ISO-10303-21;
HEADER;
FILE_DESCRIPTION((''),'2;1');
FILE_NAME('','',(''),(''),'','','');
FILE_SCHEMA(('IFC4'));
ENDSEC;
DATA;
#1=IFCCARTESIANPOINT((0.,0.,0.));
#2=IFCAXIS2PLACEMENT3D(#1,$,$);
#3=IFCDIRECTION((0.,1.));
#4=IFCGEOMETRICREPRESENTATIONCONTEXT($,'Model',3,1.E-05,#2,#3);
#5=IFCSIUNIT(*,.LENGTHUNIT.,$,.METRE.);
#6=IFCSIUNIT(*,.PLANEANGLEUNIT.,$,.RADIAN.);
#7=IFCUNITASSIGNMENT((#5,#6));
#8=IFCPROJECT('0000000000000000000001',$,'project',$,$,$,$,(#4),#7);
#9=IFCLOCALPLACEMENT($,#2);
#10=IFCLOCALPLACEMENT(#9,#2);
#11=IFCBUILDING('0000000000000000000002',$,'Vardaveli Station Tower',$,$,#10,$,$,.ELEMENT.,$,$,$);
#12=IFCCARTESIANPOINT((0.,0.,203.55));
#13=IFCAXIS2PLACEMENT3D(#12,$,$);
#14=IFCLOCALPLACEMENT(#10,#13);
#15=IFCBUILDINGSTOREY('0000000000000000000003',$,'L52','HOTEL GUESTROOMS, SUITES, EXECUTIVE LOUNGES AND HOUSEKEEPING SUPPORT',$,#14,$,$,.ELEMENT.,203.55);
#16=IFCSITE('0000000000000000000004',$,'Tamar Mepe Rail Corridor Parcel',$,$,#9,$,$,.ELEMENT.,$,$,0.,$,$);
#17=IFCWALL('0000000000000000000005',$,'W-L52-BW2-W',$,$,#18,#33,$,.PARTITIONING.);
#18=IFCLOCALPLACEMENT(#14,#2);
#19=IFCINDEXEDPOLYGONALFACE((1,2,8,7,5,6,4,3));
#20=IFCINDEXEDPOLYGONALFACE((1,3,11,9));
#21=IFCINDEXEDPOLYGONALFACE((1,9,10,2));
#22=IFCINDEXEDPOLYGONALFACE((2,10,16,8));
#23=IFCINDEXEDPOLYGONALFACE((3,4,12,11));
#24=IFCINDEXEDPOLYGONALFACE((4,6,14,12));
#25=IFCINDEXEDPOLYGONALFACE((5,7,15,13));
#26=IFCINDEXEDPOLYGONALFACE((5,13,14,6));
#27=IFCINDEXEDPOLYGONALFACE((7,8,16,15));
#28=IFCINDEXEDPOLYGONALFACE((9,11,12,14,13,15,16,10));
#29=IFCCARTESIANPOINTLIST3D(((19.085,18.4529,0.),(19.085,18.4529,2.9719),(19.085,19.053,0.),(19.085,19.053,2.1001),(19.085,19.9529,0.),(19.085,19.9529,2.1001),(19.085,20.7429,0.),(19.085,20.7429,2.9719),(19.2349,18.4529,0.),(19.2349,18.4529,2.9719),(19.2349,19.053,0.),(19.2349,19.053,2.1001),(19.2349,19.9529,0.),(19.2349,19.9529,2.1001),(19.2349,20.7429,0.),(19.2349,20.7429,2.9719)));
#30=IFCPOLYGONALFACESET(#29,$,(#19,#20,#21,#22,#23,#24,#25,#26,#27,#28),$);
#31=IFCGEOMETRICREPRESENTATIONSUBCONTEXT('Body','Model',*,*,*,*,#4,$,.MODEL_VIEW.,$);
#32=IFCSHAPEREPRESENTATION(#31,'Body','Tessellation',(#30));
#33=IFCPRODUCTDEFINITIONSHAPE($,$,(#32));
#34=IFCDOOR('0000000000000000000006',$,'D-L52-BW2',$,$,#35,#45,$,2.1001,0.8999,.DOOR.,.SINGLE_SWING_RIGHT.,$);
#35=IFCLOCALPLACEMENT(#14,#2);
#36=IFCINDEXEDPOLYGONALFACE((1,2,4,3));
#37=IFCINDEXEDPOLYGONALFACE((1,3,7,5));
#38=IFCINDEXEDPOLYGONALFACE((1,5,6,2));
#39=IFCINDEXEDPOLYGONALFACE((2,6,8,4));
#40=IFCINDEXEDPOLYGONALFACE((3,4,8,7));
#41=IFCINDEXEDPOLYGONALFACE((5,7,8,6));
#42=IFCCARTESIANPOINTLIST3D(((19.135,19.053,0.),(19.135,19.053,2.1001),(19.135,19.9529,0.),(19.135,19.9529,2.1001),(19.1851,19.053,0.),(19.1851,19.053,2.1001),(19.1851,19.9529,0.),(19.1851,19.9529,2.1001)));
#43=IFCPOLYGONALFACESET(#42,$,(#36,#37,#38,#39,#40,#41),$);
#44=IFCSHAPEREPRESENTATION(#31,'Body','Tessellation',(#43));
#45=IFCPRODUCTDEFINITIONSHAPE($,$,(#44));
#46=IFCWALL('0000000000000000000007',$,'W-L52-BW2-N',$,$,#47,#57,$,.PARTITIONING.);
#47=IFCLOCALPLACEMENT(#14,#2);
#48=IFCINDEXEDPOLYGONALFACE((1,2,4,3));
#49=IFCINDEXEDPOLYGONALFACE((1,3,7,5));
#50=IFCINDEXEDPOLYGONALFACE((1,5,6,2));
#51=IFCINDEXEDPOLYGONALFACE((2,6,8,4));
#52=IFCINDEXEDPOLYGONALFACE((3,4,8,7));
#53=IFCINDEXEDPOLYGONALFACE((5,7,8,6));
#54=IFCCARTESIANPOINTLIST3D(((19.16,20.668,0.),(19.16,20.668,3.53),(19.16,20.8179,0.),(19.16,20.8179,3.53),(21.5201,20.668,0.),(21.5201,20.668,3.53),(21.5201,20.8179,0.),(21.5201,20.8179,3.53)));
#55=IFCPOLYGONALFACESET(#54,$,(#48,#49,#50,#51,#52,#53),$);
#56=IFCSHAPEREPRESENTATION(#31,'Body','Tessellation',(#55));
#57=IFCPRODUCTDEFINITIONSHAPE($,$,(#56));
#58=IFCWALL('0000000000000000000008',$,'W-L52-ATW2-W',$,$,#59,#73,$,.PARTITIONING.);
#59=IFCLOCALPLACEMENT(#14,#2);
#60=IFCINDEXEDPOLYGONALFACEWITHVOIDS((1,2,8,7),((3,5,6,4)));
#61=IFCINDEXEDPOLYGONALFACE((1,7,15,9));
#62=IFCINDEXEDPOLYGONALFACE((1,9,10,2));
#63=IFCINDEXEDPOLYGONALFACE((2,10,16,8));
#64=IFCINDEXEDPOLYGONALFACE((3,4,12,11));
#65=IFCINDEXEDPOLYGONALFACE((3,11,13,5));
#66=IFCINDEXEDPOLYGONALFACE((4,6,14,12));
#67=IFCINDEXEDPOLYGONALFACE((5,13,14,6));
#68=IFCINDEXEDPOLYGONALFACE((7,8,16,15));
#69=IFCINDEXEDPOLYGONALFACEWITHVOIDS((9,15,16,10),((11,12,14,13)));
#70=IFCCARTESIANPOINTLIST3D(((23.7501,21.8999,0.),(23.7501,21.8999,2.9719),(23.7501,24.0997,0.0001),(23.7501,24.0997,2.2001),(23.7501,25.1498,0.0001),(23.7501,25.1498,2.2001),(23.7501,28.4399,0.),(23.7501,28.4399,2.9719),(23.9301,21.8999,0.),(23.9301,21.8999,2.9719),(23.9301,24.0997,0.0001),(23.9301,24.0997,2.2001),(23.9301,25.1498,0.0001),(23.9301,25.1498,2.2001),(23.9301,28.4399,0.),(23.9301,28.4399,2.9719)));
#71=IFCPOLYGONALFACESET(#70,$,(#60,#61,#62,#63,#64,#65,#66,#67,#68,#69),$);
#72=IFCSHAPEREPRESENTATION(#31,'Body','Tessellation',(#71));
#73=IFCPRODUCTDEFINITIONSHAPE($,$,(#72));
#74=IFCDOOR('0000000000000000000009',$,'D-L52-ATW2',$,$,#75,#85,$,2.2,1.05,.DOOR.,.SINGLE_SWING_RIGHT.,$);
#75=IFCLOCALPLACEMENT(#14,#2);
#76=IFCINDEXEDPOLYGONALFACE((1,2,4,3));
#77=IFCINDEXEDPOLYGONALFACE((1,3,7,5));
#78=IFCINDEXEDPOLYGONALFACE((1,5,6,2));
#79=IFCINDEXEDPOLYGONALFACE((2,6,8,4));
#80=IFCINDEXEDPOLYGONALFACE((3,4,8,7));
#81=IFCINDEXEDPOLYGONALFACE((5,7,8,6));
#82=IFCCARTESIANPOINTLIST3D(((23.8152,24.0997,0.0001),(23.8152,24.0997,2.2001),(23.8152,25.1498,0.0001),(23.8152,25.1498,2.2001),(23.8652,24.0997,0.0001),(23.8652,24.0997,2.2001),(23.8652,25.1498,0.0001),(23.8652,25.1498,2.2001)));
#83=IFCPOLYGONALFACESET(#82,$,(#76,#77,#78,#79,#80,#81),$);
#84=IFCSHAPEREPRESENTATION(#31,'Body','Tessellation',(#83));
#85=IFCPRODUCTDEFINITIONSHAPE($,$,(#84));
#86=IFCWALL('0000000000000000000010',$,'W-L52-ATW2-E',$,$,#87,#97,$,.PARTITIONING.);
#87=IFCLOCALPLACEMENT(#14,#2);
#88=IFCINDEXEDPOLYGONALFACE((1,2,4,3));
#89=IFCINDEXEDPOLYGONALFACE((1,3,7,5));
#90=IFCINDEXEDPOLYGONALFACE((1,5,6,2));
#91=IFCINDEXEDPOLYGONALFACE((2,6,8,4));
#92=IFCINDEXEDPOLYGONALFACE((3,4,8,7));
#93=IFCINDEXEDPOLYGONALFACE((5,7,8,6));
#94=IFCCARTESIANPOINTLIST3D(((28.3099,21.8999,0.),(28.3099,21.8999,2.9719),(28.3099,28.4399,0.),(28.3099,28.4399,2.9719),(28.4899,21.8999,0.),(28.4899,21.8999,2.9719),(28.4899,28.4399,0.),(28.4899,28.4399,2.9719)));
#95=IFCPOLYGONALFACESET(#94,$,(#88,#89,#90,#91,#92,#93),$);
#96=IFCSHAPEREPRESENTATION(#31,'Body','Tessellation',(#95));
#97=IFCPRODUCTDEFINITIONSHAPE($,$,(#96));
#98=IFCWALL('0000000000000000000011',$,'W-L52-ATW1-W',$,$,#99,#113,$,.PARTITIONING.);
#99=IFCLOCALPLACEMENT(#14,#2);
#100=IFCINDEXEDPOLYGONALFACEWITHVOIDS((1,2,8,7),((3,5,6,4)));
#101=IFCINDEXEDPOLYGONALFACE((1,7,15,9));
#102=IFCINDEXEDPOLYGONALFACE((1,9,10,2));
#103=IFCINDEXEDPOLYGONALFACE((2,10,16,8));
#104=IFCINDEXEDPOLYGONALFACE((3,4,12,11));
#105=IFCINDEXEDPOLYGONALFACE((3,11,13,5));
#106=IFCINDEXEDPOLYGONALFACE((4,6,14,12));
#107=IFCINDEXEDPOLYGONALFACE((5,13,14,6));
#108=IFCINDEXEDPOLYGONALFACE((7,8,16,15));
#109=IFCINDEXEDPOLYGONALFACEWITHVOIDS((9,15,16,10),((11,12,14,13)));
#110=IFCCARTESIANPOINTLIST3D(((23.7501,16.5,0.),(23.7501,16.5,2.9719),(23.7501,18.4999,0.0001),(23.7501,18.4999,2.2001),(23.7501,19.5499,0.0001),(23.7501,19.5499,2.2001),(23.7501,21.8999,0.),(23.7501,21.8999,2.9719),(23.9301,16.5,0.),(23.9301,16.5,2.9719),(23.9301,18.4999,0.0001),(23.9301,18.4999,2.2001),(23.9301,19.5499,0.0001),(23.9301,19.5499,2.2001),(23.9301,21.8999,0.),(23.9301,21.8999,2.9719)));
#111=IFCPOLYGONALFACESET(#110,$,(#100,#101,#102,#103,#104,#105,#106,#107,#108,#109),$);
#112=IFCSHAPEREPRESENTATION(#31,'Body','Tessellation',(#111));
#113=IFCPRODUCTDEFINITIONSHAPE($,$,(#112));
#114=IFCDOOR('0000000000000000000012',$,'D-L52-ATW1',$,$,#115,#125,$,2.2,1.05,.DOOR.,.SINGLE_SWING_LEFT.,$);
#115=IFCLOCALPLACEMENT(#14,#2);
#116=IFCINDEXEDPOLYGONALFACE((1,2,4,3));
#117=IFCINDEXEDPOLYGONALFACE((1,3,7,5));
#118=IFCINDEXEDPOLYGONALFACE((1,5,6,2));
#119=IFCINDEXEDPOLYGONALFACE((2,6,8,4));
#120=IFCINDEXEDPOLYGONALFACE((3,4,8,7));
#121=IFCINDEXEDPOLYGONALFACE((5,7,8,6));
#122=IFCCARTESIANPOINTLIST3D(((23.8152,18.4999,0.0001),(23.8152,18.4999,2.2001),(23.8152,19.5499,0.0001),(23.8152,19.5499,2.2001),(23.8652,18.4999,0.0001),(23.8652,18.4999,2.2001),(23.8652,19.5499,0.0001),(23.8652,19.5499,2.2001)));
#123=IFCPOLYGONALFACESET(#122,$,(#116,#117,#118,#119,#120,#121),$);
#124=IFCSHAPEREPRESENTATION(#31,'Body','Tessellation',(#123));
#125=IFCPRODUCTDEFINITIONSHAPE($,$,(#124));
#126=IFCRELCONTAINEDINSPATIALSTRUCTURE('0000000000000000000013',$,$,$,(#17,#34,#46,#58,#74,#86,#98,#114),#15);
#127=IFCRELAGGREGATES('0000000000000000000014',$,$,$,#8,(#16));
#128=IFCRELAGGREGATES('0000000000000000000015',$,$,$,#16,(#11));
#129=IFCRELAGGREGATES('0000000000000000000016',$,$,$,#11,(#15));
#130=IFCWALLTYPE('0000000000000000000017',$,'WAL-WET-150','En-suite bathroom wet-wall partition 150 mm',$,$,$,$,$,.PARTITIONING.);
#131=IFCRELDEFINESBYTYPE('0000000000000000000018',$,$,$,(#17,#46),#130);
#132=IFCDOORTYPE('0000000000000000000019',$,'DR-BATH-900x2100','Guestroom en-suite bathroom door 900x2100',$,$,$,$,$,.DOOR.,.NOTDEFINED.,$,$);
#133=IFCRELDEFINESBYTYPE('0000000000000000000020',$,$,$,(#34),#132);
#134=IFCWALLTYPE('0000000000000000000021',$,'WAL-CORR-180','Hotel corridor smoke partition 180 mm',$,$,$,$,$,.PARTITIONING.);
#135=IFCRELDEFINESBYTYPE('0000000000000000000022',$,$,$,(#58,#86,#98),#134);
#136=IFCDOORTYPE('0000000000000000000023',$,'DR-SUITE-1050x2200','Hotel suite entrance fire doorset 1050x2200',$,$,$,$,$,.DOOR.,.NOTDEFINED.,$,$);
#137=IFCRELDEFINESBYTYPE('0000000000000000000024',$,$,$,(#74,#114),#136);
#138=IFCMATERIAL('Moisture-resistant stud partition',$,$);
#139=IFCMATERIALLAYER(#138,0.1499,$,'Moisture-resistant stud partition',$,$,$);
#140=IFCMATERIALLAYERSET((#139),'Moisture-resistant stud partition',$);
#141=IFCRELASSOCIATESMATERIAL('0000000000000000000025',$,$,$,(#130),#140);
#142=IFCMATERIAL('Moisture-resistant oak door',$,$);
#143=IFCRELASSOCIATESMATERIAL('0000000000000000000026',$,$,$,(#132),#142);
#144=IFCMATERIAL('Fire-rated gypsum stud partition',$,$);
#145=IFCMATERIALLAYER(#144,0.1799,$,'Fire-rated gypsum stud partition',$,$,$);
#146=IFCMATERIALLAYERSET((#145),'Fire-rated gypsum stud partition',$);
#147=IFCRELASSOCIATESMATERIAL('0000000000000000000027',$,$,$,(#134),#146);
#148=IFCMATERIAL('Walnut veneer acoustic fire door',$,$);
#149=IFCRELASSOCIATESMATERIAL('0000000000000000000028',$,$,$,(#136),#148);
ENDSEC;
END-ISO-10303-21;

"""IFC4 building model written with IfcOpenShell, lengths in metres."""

from ifc_helpers import new_model, si_unit, direction, frame, frame_2d, origin, place, context, subcontext, project, spatial, rectangle, extrude, source, transform, mapped, material, layer, layer_set, type_object, element, fill, save


model = new_model("IFC4")

# Units and contexts
model_context = context("Model", 3, precision=1e-05, world=origin(), true_north=direction((0.0, 1.0)))
body_context = subcontext(model_context, "Body", "Model", "MODEL_VIEW")
ifc_project = project(units=[si_unit("LENGTHUNIT", "METRE"), si_unit("PLANEANGLEUNIT", "RADIAN")], contexts=[model_context])

# Site, building, storey
site_placement = place(None, origin())
site = spatial("IfcSite", under=ifc_project, at=site_placement, Name="Tamar Mepe Rail Corridor Parcel", CompositionType="ELEMENT", RefElevation=0.0)
building_placement = place(site_placement, origin())
building = spatial("IfcBuilding", under=site, at=building_placement, Name="Vardaveli Station Tower", CompositionType="ELEMENT")
storey_placement = place(building_placement, frame((0.0, 0.0, 203.55)))
storey = spatial("IfcBuildingStorey", under=building, at=storey_placement, Name="L52", Description="HOTEL GUESTROOMS, SUITES, EXECUTIVE LOUNGES AND HOUSEKEEPING SUPPORT", CompositionType="ELEMENT", Elevation=203.55)

# Wall, opening, door
ifc_material_1 = material(Name="Moisture-resistant stud partition")
ifc_layer_1 = layer(ifc_material_1, 0.1499, Name="Moisture-resistant stud partition")
ifc_layer_set_1 = layer_set([ifc_layer_1], Name="Moisture-resistant stud partition")
wall_type_1 = type_object("IfcWallType", Name="WAL-WET-150", Description="En-suite bathroom wet-wall partition 150 mm", PredefinedType="PARTITIONING", material=ifc_layer_set_1)
shared_shape_1 = source(origin(), body_context, "Body", "SweptSolid", [
    extrude(rectangle(XDim=2.29, YDim=0.1499, at=frame_2d((1.145, 0.0))), origin(), (0.0, 0.0, 1.0), 2.9719),
])
wall_1_placement = place(storey_placement, frame((19.1599, 18.4529, 0.0), z_axis=(0.0, 0.0, 1.0), x_axis=(0.0, 1.0, 0.0)))
wall_1 = element("IfcWall", 1, at=wall_1_placement, inside=storey, type_object=wall_type_1, Name="W-L52-BW2-W", PredefinedType="PARTITIONING", context=body_context, shape_type="MappedRepresentation", body=[
    mapped(shared_shape_1, transform((0.0, 0.0, 0.0), scale=1.0)),
])
shared_shape_2 = source(origin(), body_context, "Body", "SweptSolid", [
    extrude(rectangle(XDim=0.8999, YDim=2.1001, at=frame_2d((0.45, 1.05))), frame((0.0, 0.085, 0.0), z_axis=(0.0, -1.0, 0.0), x_axis=(1.0, 0.0, 0.0)), (0.0, 0.0, 1.0), 0.1699),
])
opening_1_placement = place(wall_1_placement, frame((0.6001, 0.0, 0.0)))
opening_1 = element("IfcOpeningElement", 2, at=opening_1_placement, cuts=wall_1, PredefinedType="OPENING", context=body_context, shape_type="MappedRepresentation", body=[
    mapped(shared_shape_2, transform((0.0, 0.0, 0.0), scale=1.0)),
])
ifc_material_2 = material(Name="Moisture-resistant oak door")
door_type_1 = type_object("IfcDoorType", Name="DR-BATH-900x2100", Description="Guestroom en-suite bathroom door 900x2100", OperationType="NOTDEFINED", PredefinedType="DOOR", material=ifc_material_2)
shared_shape_3 = source(origin(), body_context, "Body", "SweptSolid", [
    extrude(rectangle(XDim=0.8999, YDim=2.1001, at=frame_2d((0.45, 1.05))), frame((0.0, 0.0249, 0.0), z_axis=(0.0, -1.0, 0.0), x_axis=(1.0, 0.0, 0.0)), (0.0, 0.0, 1.0), 0.05),
])
door_1_placement = place(opening_1_placement, origin())
door_1 = element("IfcDoor", 3, at=door_1_placement, inside=storey, type_object=door_type_1, Name="D-L52-BW2", OperationType="SINGLE_SWING_RIGHT", OverallHeight=2.1001, OverallWidth=0.8999, PredefinedType="DOOR", context=body_context, shape_type="MappedRepresentation", body=[
    mapped(shared_shape_3, transform((0.0, 0.0, 0.0), scale=1.0)),
])
fill(opening_1, door_1)

# Wall
shared_shape_4 = source(origin(), body_context, "Body", "SweptSolid", [
    extrude(rectangle(XDim=2.3601, YDim=0.1499, at=frame_2d((1.1802, 0.0))), origin(), (0.0, 0.0, 1.0), 3.53),
])
wall_2_placement = place(storey_placement, frame((19.1599, 20.7429, 0.0), z_axis=(0.0, 0.0, 1.0), x_axis=(1.0, 0.0, 0.0)))
element("IfcWall", 4, at=wall_2_placement, inside=storey, type_object=wall_type_1, Name="W-L52-BW2-N", PredefinedType="PARTITIONING", context=body_context, shape_type="MappedRepresentation", body=[
    mapped(shared_shape_4, transform((0.0, 0.0, 0.0), scale=1.0)),
])

# Wall, opening, door
ifc_material_3 = material(Name="Fire-rated gypsum stud partition")
ifc_layer_2 = layer(ifc_material_3, 0.1799, Name="Fire-rated gypsum stud partition")
ifc_layer_set_2 = layer_set([ifc_layer_2], Name="Fire-rated gypsum stud partition")
wall_type_2 = type_object("IfcWallType", Name="WAL-CORR-180", Description="Hotel corridor smoke partition 180 mm", PredefinedType="PARTITIONING", material=ifc_layer_set_2)
shared_shape_5 = source(origin(), body_context, "Body", "SweptSolid", [
    extrude(rectangle(XDim=6.54, YDim=0.1799, at=frame_2d((3.27, 0.0))), origin(), (0.0, 0.0, 1.0), 2.9719),
])
wall_3_placement = place(storey_placement, frame((23.8401, 21.8999, 0.0), z_axis=(0.0, 0.0, 1.0), x_axis=(0.0, 1.0, 0.0)))
wall_3 = element("IfcWall", 5, at=wall_3_placement, inside=storey, type_object=wall_type_2, Name="W-L52-ATW2-W", PredefinedType="PARTITIONING", context=body_context, shape_type="MappedRepresentation", body=[
    mapped(shared_shape_5, transform((0.0, 0.0, 0.0), scale=1.0)),
])
shared_shape_6 = source(origin(), body_context, "Body", "SweptSolid", [
    extrude(rectangle(XDim=1.05, YDim=2.2, at=frame_2d((0.5249, 1.1001))), frame((0.0, 0.1001, 0.0), z_axis=(0.0, -1.0, 0.0), x_axis=(1.0, 0.0, 0.0)), (0.0, 0.0, 1.0), 0.2),
])
opening_2_placement = place(wall_3_placement, frame((2.2, 0.0, 0.0)))
opening_2 = element("IfcOpeningElement", 6, at=opening_2_placement, cuts=wall_3, PredefinedType="OPENING", context=body_context, shape_type="MappedRepresentation", body=[
    mapped(shared_shape_6, transform((0.0, 0.0, 0.0), scale=1.0)),
])
ifc_material_4 = material(Name="Walnut veneer acoustic fire door")
door_type_2 = type_object("IfcDoorType", Name="DR-SUITE-1050x2200", Description="Hotel suite entrance fire doorset 1050x2200", OperationType="NOTDEFINED", PredefinedType="DOOR", material=ifc_material_4)
shared_shape_7 = source(origin(), body_context, "Body", "SweptSolid", [
    extrude(rectangle(XDim=1.05, YDim=2.2, at=frame_2d((0.5249, 1.1001))), frame((0.0, 0.0249, 0.0), z_axis=(0.0, -1.0, 0.0), x_axis=(1.0, 0.0, 0.0)), (0.0, 0.0, 1.0), 0.05),
])
door_2_placement = place(opening_2_placement, origin())
door_2 = element("IfcDoor", 7, at=door_2_placement, inside=storey, type_object=door_type_2, Name="D-L52-ATW2", OperationType="SINGLE_SWING_RIGHT", OverallHeight=2.2, OverallWidth=1.05, PredefinedType="DOOR", context=body_context, shape_type="MappedRepresentation", body=[
    mapped(shared_shape_7, transform((0.0, 0.0, 0.0), scale=1.0)),
])
fill(opening_2, door_2)

# Wall
wall_4_placement = place(storey_placement, frame((28.3999, 21.8999, 0.0), z_axis=(0.0, 0.0, 1.0), x_axis=(0.0, 1.0, 0.0)))
element("IfcWall", 8, at=wall_4_placement, inside=storey, type_object=wall_type_2, Name="W-L52-ATW2-E", PredefinedType="PARTITIONING", context=body_context, shape_type="MappedRepresentation", body=[
    mapped(shared_shape_5, transform((0.0, 0.0, 0.0), scale=1.0)),
])

# Wall, opening, door
shared_shape_8 = source(origin(), body_context, "Body", "SweptSolid", [
    extrude(rectangle(XDim=5.3999, YDim=0.1799, at=frame_2d((2.7, 0.0))), origin(), (0.0, 0.0, 1.0), 2.9719),
])
wall_5_placement = place(storey_placement, frame((23.8401, 16.5, 0.0), z_axis=(0.0, 0.0, 1.0), x_axis=(0.0, 1.0, 0.0)))
wall_5 = element("IfcWall", 9, at=wall_5_placement, inside=storey, type_object=wall_type_2, Name="W-L52-ATW1-W", PredefinedType="PARTITIONING", context=body_context, shape_type="MappedRepresentation", body=[
    mapped(shared_shape_8, transform((0.0, 0.0, 0.0), scale=1.0)),
])
opening_3_placement = place(wall_5_placement, frame((2.0, 0.0, 0.0)))
opening_3 = element("IfcOpeningElement", 10, at=opening_3_placement, cuts=wall_5, PredefinedType="OPENING", context=body_context, shape_type="MappedRepresentation", body=[
    mapped(shared_shape_6, transform((0.0, 0.0, 0.0), scale=1.0)),
])
door_3_placement = place(opening_3_placement, origin())
door_3 = element("IfcDoor", 11, at=door_3_placement, inside=storey, type_object=door_type_2, Name="D-L52-ATW1", OperationType="SINGLE_SWING_LEFT", OverallHeight=2.2, OverallWidth=1.05, PredefinedType="DOOR", context=body_context, shape_type="MappedRepresentation", body=[
    mapped(shared_shape_7, transform((0.0, 0.0, 0.0), scale=1.0)),
])
fill(opening_3, door_3)

save(model, "model.ifc")
